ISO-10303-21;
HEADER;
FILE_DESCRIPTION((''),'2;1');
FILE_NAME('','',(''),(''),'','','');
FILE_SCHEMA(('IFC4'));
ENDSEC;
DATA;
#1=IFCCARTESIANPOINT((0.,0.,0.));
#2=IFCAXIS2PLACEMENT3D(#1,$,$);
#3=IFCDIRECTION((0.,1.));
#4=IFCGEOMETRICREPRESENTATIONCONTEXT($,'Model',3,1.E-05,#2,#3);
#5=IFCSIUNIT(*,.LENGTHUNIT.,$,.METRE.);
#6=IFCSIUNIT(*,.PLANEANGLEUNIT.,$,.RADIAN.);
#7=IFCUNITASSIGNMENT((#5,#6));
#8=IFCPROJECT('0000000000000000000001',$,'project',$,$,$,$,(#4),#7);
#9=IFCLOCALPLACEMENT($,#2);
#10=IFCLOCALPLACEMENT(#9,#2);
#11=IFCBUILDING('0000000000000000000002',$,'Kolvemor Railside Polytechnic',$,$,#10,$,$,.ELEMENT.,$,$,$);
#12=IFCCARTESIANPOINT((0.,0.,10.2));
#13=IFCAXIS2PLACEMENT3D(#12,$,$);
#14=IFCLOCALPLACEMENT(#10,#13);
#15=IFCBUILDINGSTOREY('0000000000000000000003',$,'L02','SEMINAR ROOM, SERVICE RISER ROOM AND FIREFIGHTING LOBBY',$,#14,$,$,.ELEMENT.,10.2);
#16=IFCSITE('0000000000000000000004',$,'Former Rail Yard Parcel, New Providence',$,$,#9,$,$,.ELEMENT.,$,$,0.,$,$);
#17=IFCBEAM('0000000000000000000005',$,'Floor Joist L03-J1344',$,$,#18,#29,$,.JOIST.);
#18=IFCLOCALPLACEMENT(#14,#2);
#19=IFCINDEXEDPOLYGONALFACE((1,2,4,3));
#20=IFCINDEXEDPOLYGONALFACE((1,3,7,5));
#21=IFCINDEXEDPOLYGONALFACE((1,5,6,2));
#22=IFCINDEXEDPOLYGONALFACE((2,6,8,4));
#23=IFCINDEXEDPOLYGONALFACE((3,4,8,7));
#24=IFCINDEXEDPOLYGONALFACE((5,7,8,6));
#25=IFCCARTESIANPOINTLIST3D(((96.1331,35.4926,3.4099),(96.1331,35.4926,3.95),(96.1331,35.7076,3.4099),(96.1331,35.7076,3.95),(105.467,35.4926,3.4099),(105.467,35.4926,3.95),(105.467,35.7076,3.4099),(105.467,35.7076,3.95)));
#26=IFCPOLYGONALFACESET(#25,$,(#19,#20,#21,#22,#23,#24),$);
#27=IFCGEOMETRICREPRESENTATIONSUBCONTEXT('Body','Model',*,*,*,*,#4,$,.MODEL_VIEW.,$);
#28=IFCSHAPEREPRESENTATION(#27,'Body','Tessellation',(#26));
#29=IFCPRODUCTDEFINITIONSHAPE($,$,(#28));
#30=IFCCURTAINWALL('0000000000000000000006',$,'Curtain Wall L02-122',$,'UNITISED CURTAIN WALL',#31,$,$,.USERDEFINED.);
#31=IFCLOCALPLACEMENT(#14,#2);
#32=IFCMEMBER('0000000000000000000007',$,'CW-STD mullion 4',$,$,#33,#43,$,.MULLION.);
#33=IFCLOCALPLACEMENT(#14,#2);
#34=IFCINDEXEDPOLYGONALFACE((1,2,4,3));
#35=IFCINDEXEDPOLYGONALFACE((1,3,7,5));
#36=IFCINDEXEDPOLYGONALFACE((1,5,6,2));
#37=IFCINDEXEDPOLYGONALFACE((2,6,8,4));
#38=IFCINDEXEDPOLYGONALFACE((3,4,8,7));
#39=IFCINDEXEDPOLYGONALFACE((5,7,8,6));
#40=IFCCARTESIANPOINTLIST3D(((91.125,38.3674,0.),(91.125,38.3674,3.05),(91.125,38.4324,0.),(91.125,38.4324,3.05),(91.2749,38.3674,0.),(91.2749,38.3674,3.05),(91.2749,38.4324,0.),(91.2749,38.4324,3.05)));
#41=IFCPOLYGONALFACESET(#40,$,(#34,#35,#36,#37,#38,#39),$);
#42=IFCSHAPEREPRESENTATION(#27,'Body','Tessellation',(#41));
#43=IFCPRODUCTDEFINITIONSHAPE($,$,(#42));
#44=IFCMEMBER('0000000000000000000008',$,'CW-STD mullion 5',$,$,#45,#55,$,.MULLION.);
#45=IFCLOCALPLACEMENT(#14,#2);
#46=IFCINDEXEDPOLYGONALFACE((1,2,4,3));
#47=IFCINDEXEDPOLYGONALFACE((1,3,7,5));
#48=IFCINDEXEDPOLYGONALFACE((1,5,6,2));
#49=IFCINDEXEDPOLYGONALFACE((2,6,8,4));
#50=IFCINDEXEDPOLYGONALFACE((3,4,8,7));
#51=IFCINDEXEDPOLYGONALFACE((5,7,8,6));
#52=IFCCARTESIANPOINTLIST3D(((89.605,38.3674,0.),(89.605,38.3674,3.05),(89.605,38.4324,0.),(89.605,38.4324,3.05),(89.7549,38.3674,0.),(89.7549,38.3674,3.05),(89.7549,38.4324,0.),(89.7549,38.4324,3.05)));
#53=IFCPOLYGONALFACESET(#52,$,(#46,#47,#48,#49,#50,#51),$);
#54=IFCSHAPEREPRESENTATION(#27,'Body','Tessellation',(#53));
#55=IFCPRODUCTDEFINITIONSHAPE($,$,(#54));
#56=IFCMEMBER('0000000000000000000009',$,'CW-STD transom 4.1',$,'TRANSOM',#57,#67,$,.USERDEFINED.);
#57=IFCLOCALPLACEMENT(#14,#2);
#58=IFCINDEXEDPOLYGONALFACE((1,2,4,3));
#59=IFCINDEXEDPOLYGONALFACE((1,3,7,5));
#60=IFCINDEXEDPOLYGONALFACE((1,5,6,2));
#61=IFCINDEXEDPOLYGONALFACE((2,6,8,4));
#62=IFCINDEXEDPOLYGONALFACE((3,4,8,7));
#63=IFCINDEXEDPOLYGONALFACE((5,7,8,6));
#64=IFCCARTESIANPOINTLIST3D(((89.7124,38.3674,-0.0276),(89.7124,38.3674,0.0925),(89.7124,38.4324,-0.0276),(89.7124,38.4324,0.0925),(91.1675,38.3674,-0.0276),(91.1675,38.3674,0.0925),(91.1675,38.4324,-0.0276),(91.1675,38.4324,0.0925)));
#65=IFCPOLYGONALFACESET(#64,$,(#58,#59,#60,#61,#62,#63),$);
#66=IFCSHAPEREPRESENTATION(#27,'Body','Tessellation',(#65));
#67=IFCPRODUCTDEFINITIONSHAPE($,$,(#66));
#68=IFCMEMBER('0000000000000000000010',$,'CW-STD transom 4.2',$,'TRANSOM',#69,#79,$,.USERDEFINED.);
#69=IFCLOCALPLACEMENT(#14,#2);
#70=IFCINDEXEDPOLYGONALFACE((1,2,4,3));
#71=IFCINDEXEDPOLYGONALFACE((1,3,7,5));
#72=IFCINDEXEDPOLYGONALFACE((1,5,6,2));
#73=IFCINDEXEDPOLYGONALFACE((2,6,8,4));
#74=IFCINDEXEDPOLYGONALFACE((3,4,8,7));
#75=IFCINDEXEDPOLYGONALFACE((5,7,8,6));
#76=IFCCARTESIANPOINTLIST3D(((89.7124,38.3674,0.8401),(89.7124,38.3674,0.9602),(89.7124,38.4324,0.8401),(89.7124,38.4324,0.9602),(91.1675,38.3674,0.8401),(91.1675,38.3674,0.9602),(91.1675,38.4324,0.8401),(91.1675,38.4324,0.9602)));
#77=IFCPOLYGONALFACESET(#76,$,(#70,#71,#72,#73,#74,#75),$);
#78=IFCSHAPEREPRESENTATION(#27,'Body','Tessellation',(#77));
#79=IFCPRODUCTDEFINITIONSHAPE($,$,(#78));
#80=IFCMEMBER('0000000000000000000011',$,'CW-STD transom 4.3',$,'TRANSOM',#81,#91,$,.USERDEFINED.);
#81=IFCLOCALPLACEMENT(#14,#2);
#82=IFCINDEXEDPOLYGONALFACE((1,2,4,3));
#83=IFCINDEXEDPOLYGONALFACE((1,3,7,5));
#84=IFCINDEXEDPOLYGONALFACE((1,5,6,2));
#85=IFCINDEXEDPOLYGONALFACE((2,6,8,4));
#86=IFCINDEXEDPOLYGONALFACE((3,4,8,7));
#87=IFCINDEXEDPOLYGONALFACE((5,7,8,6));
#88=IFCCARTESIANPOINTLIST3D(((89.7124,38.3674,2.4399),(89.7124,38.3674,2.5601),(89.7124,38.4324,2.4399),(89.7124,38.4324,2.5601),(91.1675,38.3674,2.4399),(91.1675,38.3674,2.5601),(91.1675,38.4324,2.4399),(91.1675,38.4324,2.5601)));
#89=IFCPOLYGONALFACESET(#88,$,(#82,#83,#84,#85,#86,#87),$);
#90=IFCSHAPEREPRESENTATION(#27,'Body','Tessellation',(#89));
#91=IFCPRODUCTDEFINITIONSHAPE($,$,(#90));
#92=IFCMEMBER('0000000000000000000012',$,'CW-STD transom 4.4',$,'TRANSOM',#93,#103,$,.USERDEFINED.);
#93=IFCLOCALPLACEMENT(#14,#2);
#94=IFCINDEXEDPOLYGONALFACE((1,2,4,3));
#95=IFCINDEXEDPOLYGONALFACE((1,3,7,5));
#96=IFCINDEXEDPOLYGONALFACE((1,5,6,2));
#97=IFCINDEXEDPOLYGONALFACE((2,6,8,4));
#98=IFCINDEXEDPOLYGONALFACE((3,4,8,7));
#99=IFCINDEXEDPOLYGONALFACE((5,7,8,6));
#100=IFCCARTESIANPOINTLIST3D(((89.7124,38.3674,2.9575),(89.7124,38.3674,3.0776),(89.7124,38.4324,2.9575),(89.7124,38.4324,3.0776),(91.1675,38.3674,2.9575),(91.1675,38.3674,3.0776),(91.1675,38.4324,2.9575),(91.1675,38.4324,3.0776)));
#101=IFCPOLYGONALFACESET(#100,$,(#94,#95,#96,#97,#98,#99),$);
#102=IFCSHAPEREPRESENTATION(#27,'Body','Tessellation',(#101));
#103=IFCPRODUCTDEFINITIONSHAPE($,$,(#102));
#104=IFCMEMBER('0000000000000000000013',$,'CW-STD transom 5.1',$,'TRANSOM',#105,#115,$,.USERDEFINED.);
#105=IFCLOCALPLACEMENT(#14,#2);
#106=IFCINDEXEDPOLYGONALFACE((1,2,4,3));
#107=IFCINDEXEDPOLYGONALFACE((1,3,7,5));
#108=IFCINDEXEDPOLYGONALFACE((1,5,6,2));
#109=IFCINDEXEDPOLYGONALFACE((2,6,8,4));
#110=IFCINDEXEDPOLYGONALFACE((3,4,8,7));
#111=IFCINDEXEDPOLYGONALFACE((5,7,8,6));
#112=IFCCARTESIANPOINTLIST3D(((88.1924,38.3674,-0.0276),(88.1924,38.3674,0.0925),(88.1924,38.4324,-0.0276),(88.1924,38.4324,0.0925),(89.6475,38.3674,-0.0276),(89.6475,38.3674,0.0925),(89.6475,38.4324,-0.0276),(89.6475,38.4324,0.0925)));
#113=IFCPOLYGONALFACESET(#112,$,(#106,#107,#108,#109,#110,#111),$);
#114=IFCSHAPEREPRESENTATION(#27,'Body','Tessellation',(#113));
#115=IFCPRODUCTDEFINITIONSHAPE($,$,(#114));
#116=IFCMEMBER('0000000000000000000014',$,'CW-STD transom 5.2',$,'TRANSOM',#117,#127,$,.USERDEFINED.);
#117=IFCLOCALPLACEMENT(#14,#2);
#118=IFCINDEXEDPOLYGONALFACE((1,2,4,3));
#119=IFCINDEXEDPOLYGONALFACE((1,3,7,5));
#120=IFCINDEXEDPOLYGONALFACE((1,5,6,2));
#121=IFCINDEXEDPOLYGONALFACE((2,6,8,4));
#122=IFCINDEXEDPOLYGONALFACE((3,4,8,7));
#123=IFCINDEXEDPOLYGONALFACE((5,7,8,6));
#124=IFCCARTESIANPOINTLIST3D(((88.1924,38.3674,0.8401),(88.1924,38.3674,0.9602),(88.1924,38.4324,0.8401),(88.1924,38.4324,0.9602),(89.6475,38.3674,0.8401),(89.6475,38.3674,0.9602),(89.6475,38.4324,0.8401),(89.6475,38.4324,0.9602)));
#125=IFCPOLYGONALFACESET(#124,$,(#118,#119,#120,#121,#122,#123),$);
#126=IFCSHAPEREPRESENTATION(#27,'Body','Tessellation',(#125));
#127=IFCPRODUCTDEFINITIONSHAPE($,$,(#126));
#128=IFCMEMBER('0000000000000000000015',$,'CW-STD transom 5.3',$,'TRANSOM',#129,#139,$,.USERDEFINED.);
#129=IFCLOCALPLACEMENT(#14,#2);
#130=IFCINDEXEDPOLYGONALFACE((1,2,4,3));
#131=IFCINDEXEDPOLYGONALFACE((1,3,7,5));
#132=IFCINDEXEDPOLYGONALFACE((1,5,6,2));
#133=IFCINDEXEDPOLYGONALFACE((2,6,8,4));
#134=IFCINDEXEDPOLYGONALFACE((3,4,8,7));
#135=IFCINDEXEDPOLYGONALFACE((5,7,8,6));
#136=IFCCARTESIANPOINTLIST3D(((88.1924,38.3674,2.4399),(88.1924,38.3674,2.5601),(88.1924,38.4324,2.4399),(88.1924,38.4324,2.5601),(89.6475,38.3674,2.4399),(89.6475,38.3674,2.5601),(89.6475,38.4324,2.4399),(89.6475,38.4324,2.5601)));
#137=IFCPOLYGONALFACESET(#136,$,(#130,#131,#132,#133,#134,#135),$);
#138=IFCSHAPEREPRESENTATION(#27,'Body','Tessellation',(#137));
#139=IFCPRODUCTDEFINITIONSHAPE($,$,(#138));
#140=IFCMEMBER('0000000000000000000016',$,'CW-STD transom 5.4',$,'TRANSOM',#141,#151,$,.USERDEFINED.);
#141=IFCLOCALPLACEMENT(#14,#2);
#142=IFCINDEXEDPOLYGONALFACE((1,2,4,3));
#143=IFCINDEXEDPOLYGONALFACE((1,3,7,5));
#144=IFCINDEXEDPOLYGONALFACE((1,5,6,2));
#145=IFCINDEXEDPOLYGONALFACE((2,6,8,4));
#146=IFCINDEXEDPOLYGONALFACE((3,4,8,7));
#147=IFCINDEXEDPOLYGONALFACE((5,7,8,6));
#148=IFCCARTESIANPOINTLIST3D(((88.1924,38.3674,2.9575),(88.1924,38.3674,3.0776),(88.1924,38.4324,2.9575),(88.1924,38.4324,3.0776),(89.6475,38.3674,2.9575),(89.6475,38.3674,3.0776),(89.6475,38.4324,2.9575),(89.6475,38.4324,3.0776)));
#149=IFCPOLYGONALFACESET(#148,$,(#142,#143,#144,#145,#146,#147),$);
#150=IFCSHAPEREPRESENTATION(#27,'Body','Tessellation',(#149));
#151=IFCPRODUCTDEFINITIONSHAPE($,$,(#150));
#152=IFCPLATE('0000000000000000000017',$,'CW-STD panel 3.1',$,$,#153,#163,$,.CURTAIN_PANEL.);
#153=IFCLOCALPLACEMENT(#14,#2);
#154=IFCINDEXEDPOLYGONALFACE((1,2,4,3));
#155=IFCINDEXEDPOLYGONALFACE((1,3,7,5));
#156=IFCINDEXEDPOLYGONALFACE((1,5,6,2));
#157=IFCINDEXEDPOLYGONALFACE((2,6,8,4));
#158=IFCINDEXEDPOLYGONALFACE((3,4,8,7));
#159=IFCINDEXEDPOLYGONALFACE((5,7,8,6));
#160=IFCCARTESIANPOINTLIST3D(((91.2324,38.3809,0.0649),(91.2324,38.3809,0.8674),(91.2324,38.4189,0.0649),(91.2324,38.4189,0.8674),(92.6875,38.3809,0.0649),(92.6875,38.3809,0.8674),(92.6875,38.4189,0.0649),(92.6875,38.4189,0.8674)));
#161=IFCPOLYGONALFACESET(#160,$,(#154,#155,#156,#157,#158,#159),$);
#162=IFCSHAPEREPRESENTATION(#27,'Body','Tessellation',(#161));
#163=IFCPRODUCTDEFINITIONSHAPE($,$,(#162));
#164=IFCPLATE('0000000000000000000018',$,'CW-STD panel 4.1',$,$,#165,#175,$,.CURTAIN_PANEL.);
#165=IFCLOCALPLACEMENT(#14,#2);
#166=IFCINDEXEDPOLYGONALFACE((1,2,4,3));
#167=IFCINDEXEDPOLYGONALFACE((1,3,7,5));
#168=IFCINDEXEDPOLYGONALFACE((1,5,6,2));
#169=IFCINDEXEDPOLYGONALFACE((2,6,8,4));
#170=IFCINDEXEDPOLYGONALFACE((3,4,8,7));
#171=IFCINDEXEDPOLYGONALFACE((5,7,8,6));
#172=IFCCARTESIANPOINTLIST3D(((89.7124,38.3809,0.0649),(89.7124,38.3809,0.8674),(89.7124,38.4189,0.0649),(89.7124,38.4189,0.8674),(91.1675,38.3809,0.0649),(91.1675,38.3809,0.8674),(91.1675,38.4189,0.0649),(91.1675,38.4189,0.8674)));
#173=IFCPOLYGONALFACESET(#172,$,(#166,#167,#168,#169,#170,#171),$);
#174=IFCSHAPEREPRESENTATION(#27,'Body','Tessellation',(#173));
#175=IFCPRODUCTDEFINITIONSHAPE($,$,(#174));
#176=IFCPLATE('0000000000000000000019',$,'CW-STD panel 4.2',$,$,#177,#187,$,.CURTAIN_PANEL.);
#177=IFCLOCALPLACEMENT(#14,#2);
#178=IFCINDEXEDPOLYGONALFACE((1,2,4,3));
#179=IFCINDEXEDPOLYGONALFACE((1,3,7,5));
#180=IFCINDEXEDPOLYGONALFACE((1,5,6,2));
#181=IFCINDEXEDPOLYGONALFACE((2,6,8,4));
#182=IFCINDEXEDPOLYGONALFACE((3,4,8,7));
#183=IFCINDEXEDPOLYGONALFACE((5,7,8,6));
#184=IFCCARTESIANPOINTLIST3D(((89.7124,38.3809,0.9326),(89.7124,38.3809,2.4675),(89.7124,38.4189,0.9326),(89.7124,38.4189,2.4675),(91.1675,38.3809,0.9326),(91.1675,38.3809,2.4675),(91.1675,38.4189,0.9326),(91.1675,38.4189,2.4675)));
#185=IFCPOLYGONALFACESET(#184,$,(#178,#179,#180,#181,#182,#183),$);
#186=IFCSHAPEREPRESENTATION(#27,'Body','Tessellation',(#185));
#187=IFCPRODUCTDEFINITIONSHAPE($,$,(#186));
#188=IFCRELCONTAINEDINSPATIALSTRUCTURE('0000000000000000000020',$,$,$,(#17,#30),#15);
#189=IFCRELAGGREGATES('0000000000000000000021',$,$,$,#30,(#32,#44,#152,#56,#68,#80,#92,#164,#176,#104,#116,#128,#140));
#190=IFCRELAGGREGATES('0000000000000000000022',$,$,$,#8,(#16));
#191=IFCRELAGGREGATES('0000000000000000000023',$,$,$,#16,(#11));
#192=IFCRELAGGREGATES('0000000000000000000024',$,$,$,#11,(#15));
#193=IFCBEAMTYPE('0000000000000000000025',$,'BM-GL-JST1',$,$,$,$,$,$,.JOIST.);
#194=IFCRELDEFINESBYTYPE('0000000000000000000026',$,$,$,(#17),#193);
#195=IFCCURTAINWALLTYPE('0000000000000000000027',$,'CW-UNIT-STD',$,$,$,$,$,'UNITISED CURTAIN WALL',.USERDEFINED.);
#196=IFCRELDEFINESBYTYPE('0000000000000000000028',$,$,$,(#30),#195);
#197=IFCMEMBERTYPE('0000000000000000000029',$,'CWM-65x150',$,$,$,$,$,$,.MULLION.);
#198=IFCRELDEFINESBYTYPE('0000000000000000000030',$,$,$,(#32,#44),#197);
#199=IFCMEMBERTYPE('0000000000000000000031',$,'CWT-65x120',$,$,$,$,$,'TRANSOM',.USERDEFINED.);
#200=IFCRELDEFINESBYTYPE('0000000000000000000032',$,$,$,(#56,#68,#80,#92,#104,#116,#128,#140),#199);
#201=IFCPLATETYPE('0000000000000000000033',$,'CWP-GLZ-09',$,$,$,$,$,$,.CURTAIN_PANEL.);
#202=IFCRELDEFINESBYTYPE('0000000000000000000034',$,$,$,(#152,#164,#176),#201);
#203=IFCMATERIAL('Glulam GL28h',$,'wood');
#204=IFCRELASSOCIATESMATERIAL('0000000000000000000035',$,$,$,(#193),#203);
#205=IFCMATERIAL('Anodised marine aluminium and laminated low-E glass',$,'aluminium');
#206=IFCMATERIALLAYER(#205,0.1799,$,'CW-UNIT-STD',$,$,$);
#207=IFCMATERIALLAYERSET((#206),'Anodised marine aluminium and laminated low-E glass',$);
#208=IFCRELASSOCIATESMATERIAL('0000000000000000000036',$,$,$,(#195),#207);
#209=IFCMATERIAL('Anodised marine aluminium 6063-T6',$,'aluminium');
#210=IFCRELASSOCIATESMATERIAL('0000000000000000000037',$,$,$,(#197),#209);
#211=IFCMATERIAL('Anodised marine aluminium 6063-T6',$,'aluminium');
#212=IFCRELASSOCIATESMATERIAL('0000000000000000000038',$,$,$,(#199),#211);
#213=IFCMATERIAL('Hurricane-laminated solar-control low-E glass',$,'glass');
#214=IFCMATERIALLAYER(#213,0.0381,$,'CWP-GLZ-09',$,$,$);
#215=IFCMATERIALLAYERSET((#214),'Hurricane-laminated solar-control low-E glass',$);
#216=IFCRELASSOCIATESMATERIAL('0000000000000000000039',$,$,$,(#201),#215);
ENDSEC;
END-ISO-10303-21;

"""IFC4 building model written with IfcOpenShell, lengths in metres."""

from ifc_helpers import new_model, si_unit, direction, frame, origin, origin_2d, place, context, subcontext, project, spatial, rectangle, extrude, material, layer, layer_set, material_profile, profile_set, type_object, element, aggregate, save


model = new_model("IFC4")

# Units and contexts
model_context = context("Model", 3, precision=1e-05, world=origin(), true_north=direction((0.0, 1.0)))
body_context = subcontext(model_context, "Body", "Model", "MODEL_VIEW")
ifc_project = project(units=[si_unit("LENGTHUNIT", "METRE"), si_unit("PLANEANGLEUNIT", "RADIAN")], contexts=[model_context])

# Site, building, storey
site_placement = place(None, origin())
site = spatial("IfcSite", under=ifc_project, at=site_placement, Name="Former Rail Yard Parcel, New Providence", CompositionType="ELEMENT", RefElevation=0.0)
building_placement = place(site_placement, origin())
building = spatial("IfcBuilding", under=site, at=building_placement, Name="Kolvemor Railside Polytechnic", CompositionType="ELEMENT")
storey_placement = place(building_placement, frame((0.0, 0.0, 10.2)))
storey = spatial("IfcBuildingStorey", under=building, at=storey_placement, Name="L02", Description="SEMINAR ROOM, SERVICE RISER ROOM AND FIREFIGHTING LOBBY", CompositionType="ELEMENT", Elevation=10.2)

# Beam
ifc_material_1 = material(Name="Glulam GL28h", Category="wood")
ifc_material_profile_1 = material_profile(ifc_material_1, rectangle(XDim=0.2151, YDim=0.54, at=origin_2d()), Name="GL215x540")
ifc_profile_set_1 = profile_set([ifc_material_profile_1], Name="Glulam GL28h")
beam_type = type_object("IfcBeamType", Name="BM-GL-JST1", PredefinedType="JOIST", material=ifc_profile_set_1)
beam_placement = place(storey_placement, frame((96.1331, 35.6001, 3.6799), z_axis=(1.0, 0.0, 0.0), x_axis=(0.0, 1.0, 0.0)))
element("IfcBeam", 1, at=beam_placement, inside=storey, type_object=beam_type, Name="Floor Joist L03-J1344", PredefinedType="JOIST", context=body_context, shape_type="SweptSolid", body=[
    extrude(rectangle(XDim=0.2151, YDim=0.54, at=origin_2d()), origin(), (0.0, 0.0, 1.0), 9.334),
])

# Curtain wall, members, plates
ifc_material_2 = material(Name="Anodised marine aluminium and laminated low-E glass", Category="aluminium")
ifc_layer_1 = layer(ifc_material_2, 0.1799, Name="CW-UNIT-STD")
ifc_layer_set_1 = layer_set([ifc_layer_1], Name="Anodised marine aluminium and laminated low-E glass")
curtain_wall_type = type_object("IfcCurtainWallType", Name="CW-UNIT-STD", ElementType="UNITISED CURTAIN WALL", PredefinedType="USERDEFINED", material=ifc_layer_set_1)
curtain_wall_placement = place(storey_placement, origin())
curtain_wall = element("IfcCurtainWall", 2, at=curtain_wall_placement, inside=storey, type_object=curtain_wall_type, Name="Curtain Wall L02-122", ObjectType="UNITISED CURTAIN WALL", PredefinedType="USERDEFINED")
ifc_material_3 = material(Name="Anodised marine aluminium 6063-T6", Category="aluminium")
ifc_material_profile_2 = material_profile(ifc_material_3, rectangle(XDim=0.0649, YDim=0.1499, at=origin_2d()), Name="CW-MUL-65x150")
ifc_profile_set_2 = profile_set([ifc_material_profile_2], Name="Anodised marine aluminium 6063-T6")
member_type_1 = type_object("IfcMemberType", Name="CWM-65x150", PredefinedType="MULLION", material=ifc_profile_set_2)
member_1_placement = place(storey_placement, frame((91.2, 38.3999, 0.0), z_axis=(0.0, 0.0, 1.0), x_axis=(0.0, -1.0, 0.0)))
member_1 = element("IfcMember", 3, at=member_1_placement, type_object=member_type_1, Name="CW-STD mullion 4", PredefinedType="MULLION", context=body_context, shape_type="SweptSolid", body=[
    extrude(rectangle(XDim=0.0649, YDim=0.1499, at=origin_2d()), origin(), (0.0, 0.0, 1.0), 3.05),
])
member_2_placement = place(storey_placement, frame((89.6799, 38.3999, 0.0), z_axis=(0.0, 0.0, 1.0), x_axis=(0.0, -1.0, 0.0)))
member_2 = element("IfcMember", 4, at=member_2_placement, type_object=member_type_1, Name="CW-STD mullion 5", PredefinedType="MULLION", context=body_context, shape_type="SweptSolid", body=[
    extrude(rectangle(XDim=0.0649, YDim=0.1499, at=origin_2d()), origin(), (0.0, 0.0, 1.0), 3.05),
])
ifc_material_4 = material(Name="Anodised marine aluminium 6063-T6", Category="aluminium")
ifc_material_profile_3 = material_profile(ifc_material_4, rectangle(XDim=0.0649, YDim=0.1201, at=origin_2d()), Name="CW-TRN-65x120")
ifc_profile_set_3 = profile_set([ifc_material_profile_3], Name="Anodised marine aluminium 6063-T6")
member_type_2 = type_object("IfcMemberType", Name="CWT-65x120", ElementType="TRANSOM", PredefinedType="USERDEFINED", material=ifc_profile_set_3)
member_3_placement = place(storey_placement, frame((91.1675, 38.3999, 0.0325), z_axis=(-1.0, 0.0, 0.0), x_axis=(0.0, -1.0, 0.0)))
member_3 = element("IfcMember", 5, at=member_3_placement, type_object=member_type_2, Name="CW-STD transom 4.1", ObjectType="TRANSOM", PredefinedType="USERDEFINED", context=body_context, shape_type="SweptSolid", body=[
    extrude(rectangle(XDim=0.0649, YDim=0.1201, at=origin_2d()), origin(), (0.0, 0.0, 1.0), 1.4551),
])
member_4_placement = place(storey_placement, frame((91.1675, 38.3999, 0.9001), z_axis=(-1.0, 0.0, 0.0), x_axis=(0.0, -1.0, 0.0)))
member_4 = element("IfcMember", 6, at=member_4_placement, type_object=member_type_2, Name="CW-STD transom 4.2", ObjectType="TRANSOM", PredefinedType="USERDEFINED", context=body_context, shape_type="SweptSolid", body=[
    extrude(rectangle(XDim=0.0649, YDim=0.1201, at=origin_2d()), origin(), (0.0, 0.0, 1.0), 1.4551),
])
member_5_placement = place(storey_placement, frame((91.1675, 38.3999, 2.5), z_axis=(-1.0, 0.0, 0.0), x_axis=(0.0, -1.0, 0.0)))
member_5 = element("IfcMember", 7, at=member_5_placement, type_object=member_type_2, Name="CW-STD transom 4.3", ObjectType="TRANSOM", PredefinedType="USERDEFINED", context=body_context, shape_type="SweptSolid", body=[
    extrude(rectangle(XDim=0.0649, YDim=0.1201, at=origin_2d()), origin(), (0.0, 0.0, 1.0), 1.4551),
])
member_6_placement = place(storey_placement, frame((91.1675, 38.3999, 3.0176), z_axis=(-1.0, 0.0, 0.0), x_axis=(0.0, -1.0, 0.0)))
member_6 = element("IfcMember", 8, at=member_6_placement, type_object=member_type_2, Name="CW-STD transom 4.4", ObjectType="TRANSOM", PredefinedType="USERDEFINED", context=body_context, shape_type="SweptSolid", body=[
    extrude(rectangle(XDim=0.0649, YDim=0.1201, at=origin_2d()), origin(), (0.0, 0.0, 1.0), 1.4551),
])
member_7_placement = place(storey_placement, frame((89.6475, 38.3999, 0.0325), z_axis=(-1.0, 0.0, 0.0), x_axis=(0.0, -1.0, 0.0)))
member_7 = element("IfcMember", 9, at=member_7_placement, type_object=member_type_2, Name="CW-STD transom 5.1", ObjectType="TRANSOM", PredefinedType="USERDEFINED", context=body_context, shape_type="SweptSolid", body=[
    extrude(rectangle(XDim=0.0649, YDim=0.1201, at=origin_2d()), origin(), (0.0, 0.0, 1.0), 1.4551),
])
member_8_placement = place(storey_placement, frame((89.6475, 38.3999, 0.9001), z_axis=(-1.0, 0.0, 0.0), x_axis=(0.0, -1.0, 0.0)))
member_8 = element("IfcMember", 10, at=member_8_placement, type_object=member_type_2, Name="CW-STD transom 5.2", ObjectType="TRANSOM", PredefinedType="USERDEFINED", context=body_context, shape_type="SweptSolid", body=[
    extrude(rectangle(XDim=0.0649, YDim=0.1201, at=origin_2d()), origin(), (0.0, 0.0, 1.0), 1.4551),
])
member_9_placement = place(storey_placement, frame((89.6475, 38.3999, 2.5), z_axis=(-1.0, 0.0, 0.0), x_axis=(0.0, -1.0, 0.0)))
member_9 = element("IfcMember", 11, at=member_9_placement, type_object=member_type_2, Name="CW-STD transom 5.3", ObjectType="TRANSOM", PredefinedType="USERDEFINED", context=body_context, shape_type="SweptSolid", body=[
    extrude(rectangle(XDim=0.0649, YDim=0.1201, at=origin_2d()), origin(), (0.0, 0.0, 1.0), 1.4551),
])
member_10_placement = place(storey_placement, frame((89.6475, 38.3999, 3.0176), z_axis=(-1.0, 0.0, 0.0), x_axis=(0.0, -1.0, 0.0)))
member_10 = element("IfcMember", 12, at=member_10_placement, type_object=member_type_2, Name="CW-STD transom 5.4", ObjectType="TRANSOM", PredefinedType="USERDEFINED", context=body_context, shape_type="SweptSolid", body=[
    extrude(rectangle(XDim=0.0649, YDim=0.1201, at=origin_2d()), origin(), (0.0, 0.0, 1.0), 1.4551),
])
ifc_material_5 = material(Name="Hurricane-laminated solar-control low-E glass", Category="glass")
ifc_layer_2 = layer(ifc_material_5, 0.0381, Name="CWP-GLZ-09")
ifc_layer_set_2 = layer_set([ifc_layer_2], Name="Hurricane-laminated solar-control low-E glass")
plate_type = type_object("IfcPlateType", Name="CWP-GLZ-09", PredefinedType="CURTAIN_PANEL", material=ifc_layer_set_2)
plate_1_placement = place(storey_placement, frame((91.96, 38.3999, 0.0649), z_axis=(0.0, 0.0, 1.0), x_axis=(-1.0, 0.0, 0.0)))
plate_1 = element("IfcPlate", 13, at=plate_1_placement, type_object=plate_type, Name="CW-STD panel 3.1", PredefinedType="CURTAIN_PANEL", context=body_context, shape_type="SweptSolid", body=[
    extrude(rectangle(XDim=1.4551, YDim=0.0381, at=origin_2d()), origin(), (0.0, 0.0, 1.0), 0.8025),
])
plate_2_placement = place(storey_placement, frame((90.4399, 38.3999, 0.0649), z_axis=(0.0, 0.0, 1.0), x_axis=(-1.0, 0.0, 0.0)))
plate_2 = element("IfcPlate", 14, at=plate_2_placement, type_object=plate_type, Name="CW-STD panel 4.1", PredefinedType="CURTAIN_PANEL", context=body_context, shape_type="SweptSolid", body=[
    extrude(rectangle(XDim=1.4551, YDim=0.0381, at=origin_2d()), origin(), (0.0, 0.0, 1.0), 0.8025),
])
plate_3_placement = place(storey_placement, frame((90.4399, 38.3999, 0.9326), z_axis=(0.0, 0.0, 1.0), x_axis=(-1.0, 0.0, 0.0)))
plate_3 = element("IfcPlate", 15, at=plate_3_placement, type_object=plate_type, Name="CW-STD panel 4.2", PredefinedType="CURTAIN_PANEL", context=body_context, shape_type="SweptSolid", body=[
    extrude(rectangle(XDim=1.4551, YDim=0.0381, at=origin_2d()), origin(), (0.0, 0.0, 1.0), 1.5349),
])
aggregate(curtain_wall, [member_1, member_2, plate_1, member_3, member_4, member_5, member_6, plate_2, plate_3, member_7, member_8, member_9, member_10])

save(model, "model.ifc")
